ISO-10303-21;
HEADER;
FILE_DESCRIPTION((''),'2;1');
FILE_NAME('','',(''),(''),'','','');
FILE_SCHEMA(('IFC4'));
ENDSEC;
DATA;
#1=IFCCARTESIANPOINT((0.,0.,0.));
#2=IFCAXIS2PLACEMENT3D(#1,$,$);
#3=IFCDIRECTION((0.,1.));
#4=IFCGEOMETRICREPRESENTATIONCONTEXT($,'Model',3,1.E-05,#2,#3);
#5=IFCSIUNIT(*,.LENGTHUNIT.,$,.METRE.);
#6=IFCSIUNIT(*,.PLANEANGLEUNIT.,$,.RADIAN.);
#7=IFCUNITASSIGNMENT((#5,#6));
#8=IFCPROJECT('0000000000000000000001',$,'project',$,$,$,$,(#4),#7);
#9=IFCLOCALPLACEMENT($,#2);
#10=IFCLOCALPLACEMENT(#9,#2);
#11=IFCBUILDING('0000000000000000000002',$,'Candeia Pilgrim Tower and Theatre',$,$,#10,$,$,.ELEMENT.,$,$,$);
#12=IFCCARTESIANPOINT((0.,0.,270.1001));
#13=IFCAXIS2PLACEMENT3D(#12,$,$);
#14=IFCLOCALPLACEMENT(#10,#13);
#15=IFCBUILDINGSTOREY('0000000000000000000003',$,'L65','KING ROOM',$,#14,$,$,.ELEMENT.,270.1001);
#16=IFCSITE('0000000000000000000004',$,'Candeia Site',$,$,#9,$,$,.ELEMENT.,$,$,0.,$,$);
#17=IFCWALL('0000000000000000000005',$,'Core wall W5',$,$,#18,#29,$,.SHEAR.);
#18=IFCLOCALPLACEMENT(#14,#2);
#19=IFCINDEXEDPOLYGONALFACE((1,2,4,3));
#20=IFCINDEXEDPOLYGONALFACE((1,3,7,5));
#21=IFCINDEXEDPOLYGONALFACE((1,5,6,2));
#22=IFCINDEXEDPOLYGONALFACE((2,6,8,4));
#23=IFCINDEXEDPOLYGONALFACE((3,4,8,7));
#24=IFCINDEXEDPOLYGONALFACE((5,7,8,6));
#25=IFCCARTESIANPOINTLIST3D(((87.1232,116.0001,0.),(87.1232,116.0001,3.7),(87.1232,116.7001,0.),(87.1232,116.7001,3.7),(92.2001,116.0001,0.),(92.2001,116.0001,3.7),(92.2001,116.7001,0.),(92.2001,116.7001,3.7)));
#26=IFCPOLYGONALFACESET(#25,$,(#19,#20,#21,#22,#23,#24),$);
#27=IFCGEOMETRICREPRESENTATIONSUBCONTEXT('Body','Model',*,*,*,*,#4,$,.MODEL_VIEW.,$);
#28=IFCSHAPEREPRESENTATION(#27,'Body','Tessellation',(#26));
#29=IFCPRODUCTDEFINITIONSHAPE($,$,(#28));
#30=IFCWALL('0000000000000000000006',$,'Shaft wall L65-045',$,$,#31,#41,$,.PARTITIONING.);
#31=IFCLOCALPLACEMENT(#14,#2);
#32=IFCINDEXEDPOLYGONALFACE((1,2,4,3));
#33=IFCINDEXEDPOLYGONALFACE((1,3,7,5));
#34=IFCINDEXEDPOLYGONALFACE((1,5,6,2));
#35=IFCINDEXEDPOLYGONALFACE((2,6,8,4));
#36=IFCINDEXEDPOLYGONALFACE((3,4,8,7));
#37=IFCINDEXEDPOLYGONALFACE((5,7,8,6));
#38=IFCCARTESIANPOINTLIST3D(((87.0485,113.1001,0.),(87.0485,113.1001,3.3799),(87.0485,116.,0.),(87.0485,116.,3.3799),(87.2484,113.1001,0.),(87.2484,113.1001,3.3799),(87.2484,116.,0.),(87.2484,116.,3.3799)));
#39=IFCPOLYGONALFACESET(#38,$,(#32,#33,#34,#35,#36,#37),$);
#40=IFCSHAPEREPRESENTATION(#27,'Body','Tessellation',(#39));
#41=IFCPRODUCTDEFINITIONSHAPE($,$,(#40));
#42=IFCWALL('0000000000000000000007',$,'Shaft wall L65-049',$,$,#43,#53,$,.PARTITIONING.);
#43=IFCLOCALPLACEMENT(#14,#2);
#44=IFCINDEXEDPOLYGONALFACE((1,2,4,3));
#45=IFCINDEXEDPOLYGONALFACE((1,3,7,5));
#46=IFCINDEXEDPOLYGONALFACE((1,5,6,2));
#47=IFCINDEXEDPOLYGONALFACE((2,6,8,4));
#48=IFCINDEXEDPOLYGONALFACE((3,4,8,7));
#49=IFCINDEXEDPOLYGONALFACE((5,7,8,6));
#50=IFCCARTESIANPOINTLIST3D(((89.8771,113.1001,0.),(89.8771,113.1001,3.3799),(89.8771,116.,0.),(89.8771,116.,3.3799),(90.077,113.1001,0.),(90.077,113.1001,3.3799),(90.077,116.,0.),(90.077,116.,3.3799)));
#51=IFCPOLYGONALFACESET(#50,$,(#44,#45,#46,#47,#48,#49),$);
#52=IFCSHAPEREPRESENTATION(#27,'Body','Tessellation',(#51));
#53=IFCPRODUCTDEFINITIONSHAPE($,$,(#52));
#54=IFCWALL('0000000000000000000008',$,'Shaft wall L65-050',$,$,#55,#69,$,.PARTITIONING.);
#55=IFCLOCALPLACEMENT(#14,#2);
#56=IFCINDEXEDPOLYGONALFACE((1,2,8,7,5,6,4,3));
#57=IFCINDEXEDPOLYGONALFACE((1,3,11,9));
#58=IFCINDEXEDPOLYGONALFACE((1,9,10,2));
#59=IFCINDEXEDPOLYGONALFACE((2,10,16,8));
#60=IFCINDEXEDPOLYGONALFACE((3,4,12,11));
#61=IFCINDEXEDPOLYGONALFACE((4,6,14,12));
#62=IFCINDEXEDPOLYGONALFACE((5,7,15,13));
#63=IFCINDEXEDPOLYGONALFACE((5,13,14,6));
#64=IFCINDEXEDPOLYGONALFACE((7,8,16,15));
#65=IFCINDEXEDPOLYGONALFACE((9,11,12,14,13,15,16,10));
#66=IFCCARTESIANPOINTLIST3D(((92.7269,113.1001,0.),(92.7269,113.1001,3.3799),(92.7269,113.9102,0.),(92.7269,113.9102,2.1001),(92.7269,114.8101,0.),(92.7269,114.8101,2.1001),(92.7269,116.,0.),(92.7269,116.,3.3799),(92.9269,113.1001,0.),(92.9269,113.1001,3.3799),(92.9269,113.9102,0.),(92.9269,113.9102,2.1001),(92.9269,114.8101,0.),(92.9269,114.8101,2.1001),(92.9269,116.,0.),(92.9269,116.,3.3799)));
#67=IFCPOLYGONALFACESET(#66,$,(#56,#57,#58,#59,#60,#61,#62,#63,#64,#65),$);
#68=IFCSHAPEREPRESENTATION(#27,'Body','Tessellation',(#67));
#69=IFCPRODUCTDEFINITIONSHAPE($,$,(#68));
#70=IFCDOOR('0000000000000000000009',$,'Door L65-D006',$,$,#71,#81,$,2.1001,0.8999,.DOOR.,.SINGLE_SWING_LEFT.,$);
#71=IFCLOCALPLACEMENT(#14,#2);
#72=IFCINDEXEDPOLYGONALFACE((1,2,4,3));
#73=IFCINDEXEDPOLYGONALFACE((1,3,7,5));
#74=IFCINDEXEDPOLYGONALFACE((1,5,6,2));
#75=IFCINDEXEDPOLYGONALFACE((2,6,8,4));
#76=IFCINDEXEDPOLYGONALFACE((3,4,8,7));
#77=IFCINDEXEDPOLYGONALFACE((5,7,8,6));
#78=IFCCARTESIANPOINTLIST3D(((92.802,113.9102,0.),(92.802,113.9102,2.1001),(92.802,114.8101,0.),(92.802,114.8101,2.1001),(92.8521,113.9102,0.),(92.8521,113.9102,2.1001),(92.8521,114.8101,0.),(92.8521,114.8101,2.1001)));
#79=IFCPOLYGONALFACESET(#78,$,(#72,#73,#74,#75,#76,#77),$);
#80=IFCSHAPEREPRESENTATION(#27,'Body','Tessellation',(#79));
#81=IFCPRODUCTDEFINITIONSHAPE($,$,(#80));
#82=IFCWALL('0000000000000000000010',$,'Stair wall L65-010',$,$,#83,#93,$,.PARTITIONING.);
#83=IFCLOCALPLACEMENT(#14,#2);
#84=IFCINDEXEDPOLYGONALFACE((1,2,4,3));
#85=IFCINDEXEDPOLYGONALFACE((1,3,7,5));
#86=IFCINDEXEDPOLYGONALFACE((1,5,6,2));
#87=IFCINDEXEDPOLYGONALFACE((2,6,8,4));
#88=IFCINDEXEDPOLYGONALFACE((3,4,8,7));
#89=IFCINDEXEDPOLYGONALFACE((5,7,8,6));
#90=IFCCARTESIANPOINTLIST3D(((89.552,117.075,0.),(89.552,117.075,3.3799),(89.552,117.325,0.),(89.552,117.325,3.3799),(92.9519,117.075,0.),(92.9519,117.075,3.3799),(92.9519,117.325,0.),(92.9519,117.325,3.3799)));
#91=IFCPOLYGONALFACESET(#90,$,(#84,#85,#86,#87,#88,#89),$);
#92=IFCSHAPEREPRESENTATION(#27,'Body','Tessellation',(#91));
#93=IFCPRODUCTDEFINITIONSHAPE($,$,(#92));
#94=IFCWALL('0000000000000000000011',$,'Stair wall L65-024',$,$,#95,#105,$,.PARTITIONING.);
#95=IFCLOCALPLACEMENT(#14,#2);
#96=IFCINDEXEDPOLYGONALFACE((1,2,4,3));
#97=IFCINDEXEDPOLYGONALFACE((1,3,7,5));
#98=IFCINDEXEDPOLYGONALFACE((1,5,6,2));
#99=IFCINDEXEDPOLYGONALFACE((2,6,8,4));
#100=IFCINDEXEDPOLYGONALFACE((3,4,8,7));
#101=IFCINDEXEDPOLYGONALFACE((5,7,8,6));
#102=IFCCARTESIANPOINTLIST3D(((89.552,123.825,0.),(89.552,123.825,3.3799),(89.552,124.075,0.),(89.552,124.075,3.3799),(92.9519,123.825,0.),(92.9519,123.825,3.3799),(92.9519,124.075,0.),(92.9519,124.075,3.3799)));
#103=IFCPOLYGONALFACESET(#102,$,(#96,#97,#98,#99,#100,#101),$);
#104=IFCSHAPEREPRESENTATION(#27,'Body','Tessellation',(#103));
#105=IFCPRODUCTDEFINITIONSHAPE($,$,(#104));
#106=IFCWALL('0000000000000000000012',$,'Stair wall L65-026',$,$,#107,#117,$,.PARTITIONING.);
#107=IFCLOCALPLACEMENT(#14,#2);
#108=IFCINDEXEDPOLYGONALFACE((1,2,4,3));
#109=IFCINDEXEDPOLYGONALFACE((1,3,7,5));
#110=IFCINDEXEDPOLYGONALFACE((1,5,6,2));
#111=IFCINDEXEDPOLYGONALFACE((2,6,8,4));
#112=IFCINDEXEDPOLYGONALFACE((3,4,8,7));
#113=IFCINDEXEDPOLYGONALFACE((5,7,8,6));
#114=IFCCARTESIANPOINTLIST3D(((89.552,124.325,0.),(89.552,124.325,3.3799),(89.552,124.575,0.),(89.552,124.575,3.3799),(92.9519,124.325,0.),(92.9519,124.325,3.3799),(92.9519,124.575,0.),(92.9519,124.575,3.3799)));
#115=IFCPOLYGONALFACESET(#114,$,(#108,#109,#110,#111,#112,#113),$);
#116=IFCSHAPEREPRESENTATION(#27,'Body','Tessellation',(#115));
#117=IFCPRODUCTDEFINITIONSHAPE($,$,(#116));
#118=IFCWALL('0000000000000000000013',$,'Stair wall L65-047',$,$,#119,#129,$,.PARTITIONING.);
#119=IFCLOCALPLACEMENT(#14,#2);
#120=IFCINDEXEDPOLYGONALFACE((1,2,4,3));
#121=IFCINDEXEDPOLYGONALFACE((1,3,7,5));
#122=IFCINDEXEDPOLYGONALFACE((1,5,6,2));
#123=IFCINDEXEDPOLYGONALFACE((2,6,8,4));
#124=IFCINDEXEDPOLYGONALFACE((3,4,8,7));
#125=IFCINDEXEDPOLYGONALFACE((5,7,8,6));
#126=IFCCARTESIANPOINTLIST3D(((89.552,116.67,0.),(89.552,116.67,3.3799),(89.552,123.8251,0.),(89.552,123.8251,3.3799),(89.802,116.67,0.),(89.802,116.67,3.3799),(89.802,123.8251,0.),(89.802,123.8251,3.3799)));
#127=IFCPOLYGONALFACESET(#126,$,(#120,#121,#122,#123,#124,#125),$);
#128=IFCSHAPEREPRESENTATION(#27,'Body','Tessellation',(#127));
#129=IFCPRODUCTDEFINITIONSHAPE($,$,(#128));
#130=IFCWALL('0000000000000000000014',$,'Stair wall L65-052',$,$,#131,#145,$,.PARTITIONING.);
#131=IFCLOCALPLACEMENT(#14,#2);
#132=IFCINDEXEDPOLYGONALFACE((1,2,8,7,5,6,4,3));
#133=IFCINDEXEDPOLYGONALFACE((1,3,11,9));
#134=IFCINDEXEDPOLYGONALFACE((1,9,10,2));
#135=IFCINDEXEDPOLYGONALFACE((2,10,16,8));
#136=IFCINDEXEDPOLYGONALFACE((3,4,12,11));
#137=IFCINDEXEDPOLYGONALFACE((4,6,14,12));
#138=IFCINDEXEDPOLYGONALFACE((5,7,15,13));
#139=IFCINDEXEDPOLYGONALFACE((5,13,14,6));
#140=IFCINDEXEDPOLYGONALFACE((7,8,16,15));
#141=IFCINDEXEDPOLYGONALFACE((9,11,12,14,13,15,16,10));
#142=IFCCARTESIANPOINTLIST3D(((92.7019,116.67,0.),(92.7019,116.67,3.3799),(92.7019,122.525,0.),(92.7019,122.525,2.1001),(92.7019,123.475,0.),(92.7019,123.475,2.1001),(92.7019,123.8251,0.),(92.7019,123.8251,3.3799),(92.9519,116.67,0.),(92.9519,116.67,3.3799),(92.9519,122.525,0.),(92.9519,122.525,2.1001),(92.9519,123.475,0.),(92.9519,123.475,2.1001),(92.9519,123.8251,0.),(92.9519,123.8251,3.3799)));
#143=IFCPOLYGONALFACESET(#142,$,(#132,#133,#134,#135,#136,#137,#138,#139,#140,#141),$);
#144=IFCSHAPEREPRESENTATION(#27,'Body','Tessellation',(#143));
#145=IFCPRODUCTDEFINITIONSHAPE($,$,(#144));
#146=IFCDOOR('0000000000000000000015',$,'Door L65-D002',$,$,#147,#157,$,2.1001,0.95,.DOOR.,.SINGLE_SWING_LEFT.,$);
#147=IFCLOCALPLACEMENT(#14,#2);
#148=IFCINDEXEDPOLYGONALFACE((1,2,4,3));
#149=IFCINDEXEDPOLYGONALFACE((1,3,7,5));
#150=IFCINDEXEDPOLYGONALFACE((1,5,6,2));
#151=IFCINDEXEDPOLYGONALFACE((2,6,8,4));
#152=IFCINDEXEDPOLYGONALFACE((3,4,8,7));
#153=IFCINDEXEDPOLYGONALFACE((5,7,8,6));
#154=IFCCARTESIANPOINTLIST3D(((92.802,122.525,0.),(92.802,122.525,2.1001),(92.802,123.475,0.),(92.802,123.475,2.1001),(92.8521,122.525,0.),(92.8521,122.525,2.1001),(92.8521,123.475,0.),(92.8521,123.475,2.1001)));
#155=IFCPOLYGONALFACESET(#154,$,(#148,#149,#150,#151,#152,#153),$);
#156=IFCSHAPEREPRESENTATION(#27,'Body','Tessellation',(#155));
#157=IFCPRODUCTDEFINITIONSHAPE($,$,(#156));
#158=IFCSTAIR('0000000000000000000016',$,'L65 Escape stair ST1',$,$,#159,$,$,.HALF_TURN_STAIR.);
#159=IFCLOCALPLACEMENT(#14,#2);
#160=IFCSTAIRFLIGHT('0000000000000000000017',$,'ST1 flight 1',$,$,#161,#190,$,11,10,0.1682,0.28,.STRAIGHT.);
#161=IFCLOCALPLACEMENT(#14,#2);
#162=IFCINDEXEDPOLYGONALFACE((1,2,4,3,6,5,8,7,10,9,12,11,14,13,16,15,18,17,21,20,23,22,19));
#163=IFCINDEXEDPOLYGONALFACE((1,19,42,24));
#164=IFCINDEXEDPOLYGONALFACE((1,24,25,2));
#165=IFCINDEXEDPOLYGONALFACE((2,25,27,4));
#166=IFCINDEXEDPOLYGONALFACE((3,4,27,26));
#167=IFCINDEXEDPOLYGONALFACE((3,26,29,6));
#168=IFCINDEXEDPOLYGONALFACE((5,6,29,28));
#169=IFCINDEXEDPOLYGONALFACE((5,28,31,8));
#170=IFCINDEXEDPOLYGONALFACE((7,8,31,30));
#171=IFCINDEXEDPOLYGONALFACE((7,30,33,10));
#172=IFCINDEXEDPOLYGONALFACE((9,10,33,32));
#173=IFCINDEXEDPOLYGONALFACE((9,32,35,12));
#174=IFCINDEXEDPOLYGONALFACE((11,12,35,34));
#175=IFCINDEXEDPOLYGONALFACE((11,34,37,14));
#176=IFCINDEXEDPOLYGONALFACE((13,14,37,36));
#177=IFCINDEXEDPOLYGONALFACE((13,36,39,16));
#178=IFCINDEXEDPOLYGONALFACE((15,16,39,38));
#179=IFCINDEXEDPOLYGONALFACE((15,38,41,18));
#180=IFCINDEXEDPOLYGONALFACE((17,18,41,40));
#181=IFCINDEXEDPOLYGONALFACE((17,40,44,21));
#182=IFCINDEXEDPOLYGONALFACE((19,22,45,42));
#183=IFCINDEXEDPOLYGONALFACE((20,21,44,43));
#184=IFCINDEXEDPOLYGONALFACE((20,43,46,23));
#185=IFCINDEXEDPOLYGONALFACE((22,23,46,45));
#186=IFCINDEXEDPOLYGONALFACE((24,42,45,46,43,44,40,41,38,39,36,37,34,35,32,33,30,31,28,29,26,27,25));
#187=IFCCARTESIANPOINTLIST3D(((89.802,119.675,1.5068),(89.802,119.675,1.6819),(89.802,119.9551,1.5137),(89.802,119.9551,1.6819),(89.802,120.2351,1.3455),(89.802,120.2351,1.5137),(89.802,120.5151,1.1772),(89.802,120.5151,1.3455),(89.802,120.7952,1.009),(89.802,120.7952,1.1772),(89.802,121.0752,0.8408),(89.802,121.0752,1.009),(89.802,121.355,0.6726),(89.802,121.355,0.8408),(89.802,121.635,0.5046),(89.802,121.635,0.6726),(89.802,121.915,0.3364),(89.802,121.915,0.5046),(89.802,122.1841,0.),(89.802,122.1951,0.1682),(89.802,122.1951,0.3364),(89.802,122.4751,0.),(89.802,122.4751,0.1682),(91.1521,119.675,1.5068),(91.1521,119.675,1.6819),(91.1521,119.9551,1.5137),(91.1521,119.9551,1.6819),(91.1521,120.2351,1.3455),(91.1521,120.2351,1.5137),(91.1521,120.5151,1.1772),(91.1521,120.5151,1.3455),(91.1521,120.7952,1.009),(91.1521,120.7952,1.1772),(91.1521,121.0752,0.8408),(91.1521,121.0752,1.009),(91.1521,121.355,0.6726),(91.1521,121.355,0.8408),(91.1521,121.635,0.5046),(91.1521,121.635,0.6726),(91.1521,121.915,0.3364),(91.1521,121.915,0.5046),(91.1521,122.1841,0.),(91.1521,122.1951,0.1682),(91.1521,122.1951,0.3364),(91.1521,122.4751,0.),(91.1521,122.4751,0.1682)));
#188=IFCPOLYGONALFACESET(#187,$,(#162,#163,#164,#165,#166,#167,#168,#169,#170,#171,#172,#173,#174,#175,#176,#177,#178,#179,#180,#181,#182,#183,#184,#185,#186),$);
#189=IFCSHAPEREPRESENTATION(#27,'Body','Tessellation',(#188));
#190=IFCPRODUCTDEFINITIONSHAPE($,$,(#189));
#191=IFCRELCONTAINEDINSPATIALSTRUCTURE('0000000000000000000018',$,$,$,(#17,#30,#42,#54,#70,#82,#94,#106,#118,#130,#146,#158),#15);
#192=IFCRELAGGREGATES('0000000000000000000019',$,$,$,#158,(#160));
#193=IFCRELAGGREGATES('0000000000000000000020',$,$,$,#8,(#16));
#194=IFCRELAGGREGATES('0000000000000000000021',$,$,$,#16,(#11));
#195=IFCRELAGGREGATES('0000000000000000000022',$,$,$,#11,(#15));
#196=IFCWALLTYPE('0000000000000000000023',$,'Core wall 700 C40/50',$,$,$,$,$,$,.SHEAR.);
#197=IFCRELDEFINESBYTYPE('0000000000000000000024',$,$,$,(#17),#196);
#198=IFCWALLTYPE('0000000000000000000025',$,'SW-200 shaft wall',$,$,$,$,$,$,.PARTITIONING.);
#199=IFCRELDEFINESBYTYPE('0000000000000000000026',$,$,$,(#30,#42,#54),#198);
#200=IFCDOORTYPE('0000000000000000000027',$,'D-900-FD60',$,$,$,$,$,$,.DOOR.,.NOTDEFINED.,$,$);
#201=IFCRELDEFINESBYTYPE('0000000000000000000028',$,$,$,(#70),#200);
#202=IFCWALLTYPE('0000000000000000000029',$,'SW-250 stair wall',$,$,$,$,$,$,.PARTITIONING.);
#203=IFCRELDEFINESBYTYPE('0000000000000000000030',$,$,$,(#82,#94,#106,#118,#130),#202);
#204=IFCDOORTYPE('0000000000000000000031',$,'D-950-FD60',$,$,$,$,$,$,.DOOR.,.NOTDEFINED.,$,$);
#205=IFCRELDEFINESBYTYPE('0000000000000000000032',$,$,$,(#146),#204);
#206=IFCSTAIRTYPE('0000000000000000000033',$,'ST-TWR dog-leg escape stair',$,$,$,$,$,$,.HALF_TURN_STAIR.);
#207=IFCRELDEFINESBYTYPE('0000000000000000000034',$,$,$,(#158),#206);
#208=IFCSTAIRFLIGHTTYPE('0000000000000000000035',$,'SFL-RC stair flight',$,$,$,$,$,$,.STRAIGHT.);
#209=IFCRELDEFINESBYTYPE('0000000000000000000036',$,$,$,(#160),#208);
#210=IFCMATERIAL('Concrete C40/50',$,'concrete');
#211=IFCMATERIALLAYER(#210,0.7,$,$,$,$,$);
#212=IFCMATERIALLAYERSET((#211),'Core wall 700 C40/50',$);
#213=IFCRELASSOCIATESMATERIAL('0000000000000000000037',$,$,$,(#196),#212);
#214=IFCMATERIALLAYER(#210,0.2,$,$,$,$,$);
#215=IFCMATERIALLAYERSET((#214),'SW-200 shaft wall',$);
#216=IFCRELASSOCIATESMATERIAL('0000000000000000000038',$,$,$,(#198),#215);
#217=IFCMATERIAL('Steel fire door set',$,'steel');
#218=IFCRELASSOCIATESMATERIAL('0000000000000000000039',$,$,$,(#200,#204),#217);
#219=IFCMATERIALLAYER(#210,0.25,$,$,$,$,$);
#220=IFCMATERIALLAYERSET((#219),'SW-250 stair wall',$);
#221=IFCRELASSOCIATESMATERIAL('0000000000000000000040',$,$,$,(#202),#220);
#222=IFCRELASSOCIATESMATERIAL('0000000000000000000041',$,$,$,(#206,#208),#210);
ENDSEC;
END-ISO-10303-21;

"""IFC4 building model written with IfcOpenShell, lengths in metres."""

from ifc_helpers import new_model, si_unit, direction, frame, frame_2d, origin, place, context, subcontext, project, spatial, polyline, rectangle, outline, extrude, material, layer, layer_set, type_object, element, fill, aggregate, save


model = new_model("IFC4")

# Units and contexts
model_context = context("Model", 3, precision=1e-05, world=origin(), true_north=direction((0.0, 1.0)))
body_context = subcontext(model_context, "Body", "Model", "MODEL_VIEW")
ifc_project = project(units=[si_unit("LENGTHUNIT", "METRE"), si_unit("PLANEANGLEUNIT", "RADIAN")], contexts=[model_context])

# Site, building, storey
site_placement = place(None, origin())
site = spatial("IfcSite", under=ifc_project, at=site_placement, Name="Candeia Site", CompositionType="ELEMENT", RefElevation=0.0)
building_placement = place(site_placement, origin())
building = spatial("IfcBuilding", under=site, at=building_placement, Name="Candeia Pilgrim Tower and Theatre", CompositionType="ELEMENT")
storey_placement = place(building_placement, frame((0.0, 0.0, 270.1001)))
storey = spatial("IfcBuildingStorey", under=building, at=storey_placement, Name="L65", Description="KING ROOM", CompositionType="ELEMENT", Elevation=270.1001)

# Walls
ifc_material_1 = material(Name="Concrete C40/50", Category="concrete")
ifc_layer_1 = layer(ifc_material_1, 0.7)
ifc_layer_set_1 = layer_set([ifc_layer_1], Name="Core wall 700 C40/50")
wall_type_1 = type_object("IfcWallType", Name="Core wall 700 C40/50", PredefinedType="SHEAR", material=ifc_layer_set_1)
wall_1_placement = place(storey_placement, frame((87.123, 116.3501, 0.0), z_axis=(0.0, 0.0, 1.0), x_axis=(1.0, 0.0, 0.0)))
element("IfcWall", 1, at=wall_1_placement, inside=storey, type_object=wall_type_1, Name="Core wall W5", PredefinedType="SHEAR", context=body_context, shape_type="SweptSolid", body=[
    extrude(rectangle(XDim=5.0769, YDim=0.7, at=frame_2d((2.5386, 0.0))), origin(), (0.0, 0.0, 1.0), 3.7),
])
ifc_layer_2 = layer(ifc_material_1, 0.2)
ifc_layer_set_2 = layer_set([ifc_layer_2], Name="SW-200 shaft wall")
wall_type_2 = type_object("IfcWallType", Name="SW-200 shaft wall", PredefinedType="PARTITIONING", material=ifc_layer_set_2)
for number, where, z_axis, x_axis, name in (
    (2, (87.1484, 113.1001, 0.0), (0.0, 0.0, 1.0), (0.0, 1.0, 0.0), "Shaft wall L65-045"),
    (3, (89.9771, 113.1001, 0.0), (0.0, 0.0, 1.0), (0.0, 1.0, 0.0), "Shaft wall L65-049"),
):
    element("IfcWall", number, at=place(storey_placement, frame(where, z_axis=z_axis, x_axis=x_axis)), inside=storey, type_object=wall_type_2, Name=name, PredefinedType="PARTITIONING", context=body_context, shape_type="SweptSolid", body=[
        extrude(rectangle(XDim=2.8999, YDim=0.2, at=frame_2d((1.45, 0.0))), origin(), (0.0, 0.0, 1.0), 3.3799),
    ])

# Wall, opening, door
wall_2_placement = place(storey_placement, frame((92.8269, 113.1001, 0.0), z_axis=(0.0, 0.0, 1.0), x_axis=(0.0, 1.0, 0.0)))
wall_2 = element("IfcWall", 4, at=wall_2_placement, inside=storey, type_object=wall_type_2, Name="Shaft wall L65-050", PredefinedType="PARTITIONING", context=body_context, shape_type="SweptSolid", body=[
    extrude(rectangle(XDim=2.8999, YDim=0.2, at=frame_2d((1.45, 0.0))), origin(), (0.0, 0.0, 1.0), 3.3799),
])
opening_1_placement = place(wall_2_placement, frame((0.8101, 0.0, 0.0)))
opening_1 = element("IfcOpeningElement", 5, at=opening_1_placement, cuts=wall_2, PredefinedType="OPENING", context=body_context, shape_type="SweptSolid", body=[
    extrude(rectangle(XDim=0.8999, YDim=2.1001, at=frame_2d((0.45, 1.05))), frame((0.0, 0.1099, 0.0), z_axis=(0.0, -1.0, 0.0), x_axis=(1.0, 0.0, 0.0)), (0.0, 0.0, 1.0), 0.22),
])
ifc_material_2 = material(Name="Steel fire door set", Category="steel")
door_type_1 = type_object("IfcDoorType", Name="D-900-FD60", OperationType="NOTDEFINED", PredefinedType="DOOR", material=ifc_material_2)
door_1_placement = place(opening_1_placement, origin())
door_1 = element("IfcDoor", 6, at=door_1_placement, inside=storey, type_object=door_type_1, Name="Door L65-D006", OperationType="SINGLE_SWING_LEFT", OverallHeight=2.1001, OverallWidth=0.8999, PredefinedType="DOOR", context=body_context, shape_type="SweptSolid", body=[
    extrude(rectangle(XDim=0.8999, YDim=2.1001, at=frame_2d((0.45, 1.05))), frame((0.0, 0.0249, 0.0), z_axis=(0.0, -1.0, 0.0), x_axis=(1.0, 0.0, 0.0)), (0.0, 0.0, 1.0), 0.05),
])
fill(opening_1, door_1)

# Walls
ifc_layer_3 = layer(ifc_material_1, 0.25)
ifc_layer_set_3 = layer_set([ifc_layer_3], Name="SW-250 stair wall")
wall_type_3 = type_object("IfcWallType", Name="SW-250 stair wall", PredefinedType="PARTITIONING", material=ifc_layer_set_3)
for number, where, z_axis, x_axis, name in (
    (7, (89.552, 117.2, 0.0), (0.0, 0.0, 1.0), (1.0, 0.0, 0.0), "Stair wall L65-010"),
    (8, (89.552, 123.95, 0.0), (0.0, 0.0, 1.0), (1.0, 0.0, 0.0), "Stair wall L65-024"),
    (9, (89.552, 124.45, 0.0), (0.0, 0.0, 1.0), (1.0, 0.0, 0.0), "Stair wall L65-026"),
):
    element("IfcWall", number, at=place(storey_placement, frame(where, z_axis=z_axis, x_axis=x_axis)), inside=storey, type_object=wall_type_3, Name=name, PredefinedType="PARTITIONING", context=body_context, shape_type="SweptSolid", body=[
        extrude(rectangle(XDim=3.3999, YDim=0.25, at=frame_2d((1.7, 0.0))), origin(), (0.0, 0.0, 1.0), 3.3799),
    ])
wall_3_placement = place(storey_placement, frame((89.677, 116.6699, 0.0), z_axis=(0.0, 0.0, 1.0), x_axis=(0.0, 1.0, 0.0)))
element("IfcWall", 10, at=wall_3_placement, inside=storey, type_object=wall_type_3, Name="Stair wall L65-047", PredefinedType="PARTITIONING", context=body_context, shape_type="SweptSolid", body=[
    extrude(rectangle(XDim=7.155, YDim=0.25, at=frame_2d((3.5776, 0.0))), origin(), (0.0, 0.0, 1.0), 3.3799),
])

# Wall, opening, door
wall_4_placement = place(storey_placement, frame((92.8269, 116.6699, 0.0), z_axis=(0.0, 0.0, 1.0), x_axis=(0.0, 1.0, 0.0)))
wall_4 = element("IfcWall", 11, at=wall_4_placement, inside=storey, type_object=wall_type_3, Name="Stair wall L65-052", PredefinedType="PARTITIONING", context=body_context, shape_type="SweptSolid", body=[
    extrude(rectangle(XDim=7.155, YDim=0.25, at=frame_2d((3.5776, 0.0))), origin(), (0.0, 0.0, 1.0), 3.3799),
])
opening_2_placement = place(wall_4_placement, frame((5.855, 0.0, 0.0)))
opening_2 = element("IfcOpeningElement", 12, at=opening_2_placement, cuts=wall_4, PredefinedType="OPENING", context=body_context, shape_type="SweptSolid", body=[
    extrude(rectangle(XDim=0.95, YDim=2.1001, at=frame_2d((0.4751, 1.05))), frame((0.0, 0.135, 0.0), z_axis=(0.0, -1.0, 0.0), x_axis=(1.0, 0.0, 0.0)), (0.0, 0.0, 1.0), 0.27),
])
door_type_2 = type_object("IfcDoorType", Name="D-950-FD60", OperationType="NOTDEFINED", PredefinedType="DOOR", material=ifc_material_2)
door_2_placement = place(opening_2_placement, origin())
door_2 = element("IfcDoor", 13, at=door_2_placement, inside=storey, type_object=door_type_2, Name="Door L65-D002", OperationType="SINGLE_SWING_LEFT", OverallHeight=2.1001, OverallWidth=0.95, PredefinedType="DOOR", context=body_context, shape_type="SweptSolid", body=[
    extrude(rectangle(XDim=0.95, YDim=2.1001, at=frame_2d((0.4751, 1.05))), frame((0.0, 0.0249, 0.0), z_axis=(0.0, -1.0, 0.0), x_axis=(1.0, 0.0, 0.0)), (0.0, 0.0, 1.0), 0.05),
])
fill(opening_2, door_2)

# Stair, stair flight
stair_type = type_object("IfcStairType", Name="ST-TWR dog-leg escape stair", PredefinedType="HALF_TURN_STAIR", material=ifc_material_1)
stair_placement = place(storey_placement, origin())
stair = element("IfcStair", 14, at=stair_placement, inside=storey, type_object=stair_type, Name="L65 Escape stair ST1", PredefinedType="HALF_TURN_STAIR")
stair_flight_type = type_object("IfcStairFlightType", Name="SFL-RC stair flight", PredefinedType="STRAIGHT", material=ifc_material_1)
stair_flight_1_placement = place(storey_placement, frame((90.4771, 122.4751, 0.0), z_axis=(0.0, 0.0, 1.0), x_axis=(0.0, -1.0, 0.0)))
stair_flight_1 = element("IfcStairFlight", 15, at=stair_flight_1_placement, type_object=stair_flight_type, Name="ST1 flight 1", NumberOfRisers=11, NumberOfTreads=10, PredefinedType="STRAIGHT", RiserHeight=0.1682, TreadLength=0.28, context=body_context, shape_type="SweptSolid", body=[
    extrude(outline(polyline([(0.0, 0.0), (0.0, 0.1682), (0.28, 0.1682), (0.28, 0.3364), (0.5601, 0.3364), (0.5601, 0.5046), (0.8401, 0.5046), (0.8401, 0.6726), (1.1201, 0.6726), (1.1201, 0.8408), (1.3999, 0.8408), (1.3999, 1.009), (1.6799, 1.009), (1.6799, 1.1772), (1.96, 1.1772), (1.96, 1.3455), (2.24, 1.3455), (2.24, 1.5137), (2.52, 1.5137), (2.52, 1.6819), (2.8, 1.6819), (2.8, 1.8501), (2.8, 1.5068), (0.291, 0.0), (0.0, 0.0)])), frame((0.0, 0.675, 0.0), z_axis=(0.0, -1.0, 0.0), x_axis=(1.0, 0.0, 0.0)), (0.0, 0.0, 1.0), 1.3501),
])
aggregate(stair, [stair_flight_1])

save(model, "model.ifc")
